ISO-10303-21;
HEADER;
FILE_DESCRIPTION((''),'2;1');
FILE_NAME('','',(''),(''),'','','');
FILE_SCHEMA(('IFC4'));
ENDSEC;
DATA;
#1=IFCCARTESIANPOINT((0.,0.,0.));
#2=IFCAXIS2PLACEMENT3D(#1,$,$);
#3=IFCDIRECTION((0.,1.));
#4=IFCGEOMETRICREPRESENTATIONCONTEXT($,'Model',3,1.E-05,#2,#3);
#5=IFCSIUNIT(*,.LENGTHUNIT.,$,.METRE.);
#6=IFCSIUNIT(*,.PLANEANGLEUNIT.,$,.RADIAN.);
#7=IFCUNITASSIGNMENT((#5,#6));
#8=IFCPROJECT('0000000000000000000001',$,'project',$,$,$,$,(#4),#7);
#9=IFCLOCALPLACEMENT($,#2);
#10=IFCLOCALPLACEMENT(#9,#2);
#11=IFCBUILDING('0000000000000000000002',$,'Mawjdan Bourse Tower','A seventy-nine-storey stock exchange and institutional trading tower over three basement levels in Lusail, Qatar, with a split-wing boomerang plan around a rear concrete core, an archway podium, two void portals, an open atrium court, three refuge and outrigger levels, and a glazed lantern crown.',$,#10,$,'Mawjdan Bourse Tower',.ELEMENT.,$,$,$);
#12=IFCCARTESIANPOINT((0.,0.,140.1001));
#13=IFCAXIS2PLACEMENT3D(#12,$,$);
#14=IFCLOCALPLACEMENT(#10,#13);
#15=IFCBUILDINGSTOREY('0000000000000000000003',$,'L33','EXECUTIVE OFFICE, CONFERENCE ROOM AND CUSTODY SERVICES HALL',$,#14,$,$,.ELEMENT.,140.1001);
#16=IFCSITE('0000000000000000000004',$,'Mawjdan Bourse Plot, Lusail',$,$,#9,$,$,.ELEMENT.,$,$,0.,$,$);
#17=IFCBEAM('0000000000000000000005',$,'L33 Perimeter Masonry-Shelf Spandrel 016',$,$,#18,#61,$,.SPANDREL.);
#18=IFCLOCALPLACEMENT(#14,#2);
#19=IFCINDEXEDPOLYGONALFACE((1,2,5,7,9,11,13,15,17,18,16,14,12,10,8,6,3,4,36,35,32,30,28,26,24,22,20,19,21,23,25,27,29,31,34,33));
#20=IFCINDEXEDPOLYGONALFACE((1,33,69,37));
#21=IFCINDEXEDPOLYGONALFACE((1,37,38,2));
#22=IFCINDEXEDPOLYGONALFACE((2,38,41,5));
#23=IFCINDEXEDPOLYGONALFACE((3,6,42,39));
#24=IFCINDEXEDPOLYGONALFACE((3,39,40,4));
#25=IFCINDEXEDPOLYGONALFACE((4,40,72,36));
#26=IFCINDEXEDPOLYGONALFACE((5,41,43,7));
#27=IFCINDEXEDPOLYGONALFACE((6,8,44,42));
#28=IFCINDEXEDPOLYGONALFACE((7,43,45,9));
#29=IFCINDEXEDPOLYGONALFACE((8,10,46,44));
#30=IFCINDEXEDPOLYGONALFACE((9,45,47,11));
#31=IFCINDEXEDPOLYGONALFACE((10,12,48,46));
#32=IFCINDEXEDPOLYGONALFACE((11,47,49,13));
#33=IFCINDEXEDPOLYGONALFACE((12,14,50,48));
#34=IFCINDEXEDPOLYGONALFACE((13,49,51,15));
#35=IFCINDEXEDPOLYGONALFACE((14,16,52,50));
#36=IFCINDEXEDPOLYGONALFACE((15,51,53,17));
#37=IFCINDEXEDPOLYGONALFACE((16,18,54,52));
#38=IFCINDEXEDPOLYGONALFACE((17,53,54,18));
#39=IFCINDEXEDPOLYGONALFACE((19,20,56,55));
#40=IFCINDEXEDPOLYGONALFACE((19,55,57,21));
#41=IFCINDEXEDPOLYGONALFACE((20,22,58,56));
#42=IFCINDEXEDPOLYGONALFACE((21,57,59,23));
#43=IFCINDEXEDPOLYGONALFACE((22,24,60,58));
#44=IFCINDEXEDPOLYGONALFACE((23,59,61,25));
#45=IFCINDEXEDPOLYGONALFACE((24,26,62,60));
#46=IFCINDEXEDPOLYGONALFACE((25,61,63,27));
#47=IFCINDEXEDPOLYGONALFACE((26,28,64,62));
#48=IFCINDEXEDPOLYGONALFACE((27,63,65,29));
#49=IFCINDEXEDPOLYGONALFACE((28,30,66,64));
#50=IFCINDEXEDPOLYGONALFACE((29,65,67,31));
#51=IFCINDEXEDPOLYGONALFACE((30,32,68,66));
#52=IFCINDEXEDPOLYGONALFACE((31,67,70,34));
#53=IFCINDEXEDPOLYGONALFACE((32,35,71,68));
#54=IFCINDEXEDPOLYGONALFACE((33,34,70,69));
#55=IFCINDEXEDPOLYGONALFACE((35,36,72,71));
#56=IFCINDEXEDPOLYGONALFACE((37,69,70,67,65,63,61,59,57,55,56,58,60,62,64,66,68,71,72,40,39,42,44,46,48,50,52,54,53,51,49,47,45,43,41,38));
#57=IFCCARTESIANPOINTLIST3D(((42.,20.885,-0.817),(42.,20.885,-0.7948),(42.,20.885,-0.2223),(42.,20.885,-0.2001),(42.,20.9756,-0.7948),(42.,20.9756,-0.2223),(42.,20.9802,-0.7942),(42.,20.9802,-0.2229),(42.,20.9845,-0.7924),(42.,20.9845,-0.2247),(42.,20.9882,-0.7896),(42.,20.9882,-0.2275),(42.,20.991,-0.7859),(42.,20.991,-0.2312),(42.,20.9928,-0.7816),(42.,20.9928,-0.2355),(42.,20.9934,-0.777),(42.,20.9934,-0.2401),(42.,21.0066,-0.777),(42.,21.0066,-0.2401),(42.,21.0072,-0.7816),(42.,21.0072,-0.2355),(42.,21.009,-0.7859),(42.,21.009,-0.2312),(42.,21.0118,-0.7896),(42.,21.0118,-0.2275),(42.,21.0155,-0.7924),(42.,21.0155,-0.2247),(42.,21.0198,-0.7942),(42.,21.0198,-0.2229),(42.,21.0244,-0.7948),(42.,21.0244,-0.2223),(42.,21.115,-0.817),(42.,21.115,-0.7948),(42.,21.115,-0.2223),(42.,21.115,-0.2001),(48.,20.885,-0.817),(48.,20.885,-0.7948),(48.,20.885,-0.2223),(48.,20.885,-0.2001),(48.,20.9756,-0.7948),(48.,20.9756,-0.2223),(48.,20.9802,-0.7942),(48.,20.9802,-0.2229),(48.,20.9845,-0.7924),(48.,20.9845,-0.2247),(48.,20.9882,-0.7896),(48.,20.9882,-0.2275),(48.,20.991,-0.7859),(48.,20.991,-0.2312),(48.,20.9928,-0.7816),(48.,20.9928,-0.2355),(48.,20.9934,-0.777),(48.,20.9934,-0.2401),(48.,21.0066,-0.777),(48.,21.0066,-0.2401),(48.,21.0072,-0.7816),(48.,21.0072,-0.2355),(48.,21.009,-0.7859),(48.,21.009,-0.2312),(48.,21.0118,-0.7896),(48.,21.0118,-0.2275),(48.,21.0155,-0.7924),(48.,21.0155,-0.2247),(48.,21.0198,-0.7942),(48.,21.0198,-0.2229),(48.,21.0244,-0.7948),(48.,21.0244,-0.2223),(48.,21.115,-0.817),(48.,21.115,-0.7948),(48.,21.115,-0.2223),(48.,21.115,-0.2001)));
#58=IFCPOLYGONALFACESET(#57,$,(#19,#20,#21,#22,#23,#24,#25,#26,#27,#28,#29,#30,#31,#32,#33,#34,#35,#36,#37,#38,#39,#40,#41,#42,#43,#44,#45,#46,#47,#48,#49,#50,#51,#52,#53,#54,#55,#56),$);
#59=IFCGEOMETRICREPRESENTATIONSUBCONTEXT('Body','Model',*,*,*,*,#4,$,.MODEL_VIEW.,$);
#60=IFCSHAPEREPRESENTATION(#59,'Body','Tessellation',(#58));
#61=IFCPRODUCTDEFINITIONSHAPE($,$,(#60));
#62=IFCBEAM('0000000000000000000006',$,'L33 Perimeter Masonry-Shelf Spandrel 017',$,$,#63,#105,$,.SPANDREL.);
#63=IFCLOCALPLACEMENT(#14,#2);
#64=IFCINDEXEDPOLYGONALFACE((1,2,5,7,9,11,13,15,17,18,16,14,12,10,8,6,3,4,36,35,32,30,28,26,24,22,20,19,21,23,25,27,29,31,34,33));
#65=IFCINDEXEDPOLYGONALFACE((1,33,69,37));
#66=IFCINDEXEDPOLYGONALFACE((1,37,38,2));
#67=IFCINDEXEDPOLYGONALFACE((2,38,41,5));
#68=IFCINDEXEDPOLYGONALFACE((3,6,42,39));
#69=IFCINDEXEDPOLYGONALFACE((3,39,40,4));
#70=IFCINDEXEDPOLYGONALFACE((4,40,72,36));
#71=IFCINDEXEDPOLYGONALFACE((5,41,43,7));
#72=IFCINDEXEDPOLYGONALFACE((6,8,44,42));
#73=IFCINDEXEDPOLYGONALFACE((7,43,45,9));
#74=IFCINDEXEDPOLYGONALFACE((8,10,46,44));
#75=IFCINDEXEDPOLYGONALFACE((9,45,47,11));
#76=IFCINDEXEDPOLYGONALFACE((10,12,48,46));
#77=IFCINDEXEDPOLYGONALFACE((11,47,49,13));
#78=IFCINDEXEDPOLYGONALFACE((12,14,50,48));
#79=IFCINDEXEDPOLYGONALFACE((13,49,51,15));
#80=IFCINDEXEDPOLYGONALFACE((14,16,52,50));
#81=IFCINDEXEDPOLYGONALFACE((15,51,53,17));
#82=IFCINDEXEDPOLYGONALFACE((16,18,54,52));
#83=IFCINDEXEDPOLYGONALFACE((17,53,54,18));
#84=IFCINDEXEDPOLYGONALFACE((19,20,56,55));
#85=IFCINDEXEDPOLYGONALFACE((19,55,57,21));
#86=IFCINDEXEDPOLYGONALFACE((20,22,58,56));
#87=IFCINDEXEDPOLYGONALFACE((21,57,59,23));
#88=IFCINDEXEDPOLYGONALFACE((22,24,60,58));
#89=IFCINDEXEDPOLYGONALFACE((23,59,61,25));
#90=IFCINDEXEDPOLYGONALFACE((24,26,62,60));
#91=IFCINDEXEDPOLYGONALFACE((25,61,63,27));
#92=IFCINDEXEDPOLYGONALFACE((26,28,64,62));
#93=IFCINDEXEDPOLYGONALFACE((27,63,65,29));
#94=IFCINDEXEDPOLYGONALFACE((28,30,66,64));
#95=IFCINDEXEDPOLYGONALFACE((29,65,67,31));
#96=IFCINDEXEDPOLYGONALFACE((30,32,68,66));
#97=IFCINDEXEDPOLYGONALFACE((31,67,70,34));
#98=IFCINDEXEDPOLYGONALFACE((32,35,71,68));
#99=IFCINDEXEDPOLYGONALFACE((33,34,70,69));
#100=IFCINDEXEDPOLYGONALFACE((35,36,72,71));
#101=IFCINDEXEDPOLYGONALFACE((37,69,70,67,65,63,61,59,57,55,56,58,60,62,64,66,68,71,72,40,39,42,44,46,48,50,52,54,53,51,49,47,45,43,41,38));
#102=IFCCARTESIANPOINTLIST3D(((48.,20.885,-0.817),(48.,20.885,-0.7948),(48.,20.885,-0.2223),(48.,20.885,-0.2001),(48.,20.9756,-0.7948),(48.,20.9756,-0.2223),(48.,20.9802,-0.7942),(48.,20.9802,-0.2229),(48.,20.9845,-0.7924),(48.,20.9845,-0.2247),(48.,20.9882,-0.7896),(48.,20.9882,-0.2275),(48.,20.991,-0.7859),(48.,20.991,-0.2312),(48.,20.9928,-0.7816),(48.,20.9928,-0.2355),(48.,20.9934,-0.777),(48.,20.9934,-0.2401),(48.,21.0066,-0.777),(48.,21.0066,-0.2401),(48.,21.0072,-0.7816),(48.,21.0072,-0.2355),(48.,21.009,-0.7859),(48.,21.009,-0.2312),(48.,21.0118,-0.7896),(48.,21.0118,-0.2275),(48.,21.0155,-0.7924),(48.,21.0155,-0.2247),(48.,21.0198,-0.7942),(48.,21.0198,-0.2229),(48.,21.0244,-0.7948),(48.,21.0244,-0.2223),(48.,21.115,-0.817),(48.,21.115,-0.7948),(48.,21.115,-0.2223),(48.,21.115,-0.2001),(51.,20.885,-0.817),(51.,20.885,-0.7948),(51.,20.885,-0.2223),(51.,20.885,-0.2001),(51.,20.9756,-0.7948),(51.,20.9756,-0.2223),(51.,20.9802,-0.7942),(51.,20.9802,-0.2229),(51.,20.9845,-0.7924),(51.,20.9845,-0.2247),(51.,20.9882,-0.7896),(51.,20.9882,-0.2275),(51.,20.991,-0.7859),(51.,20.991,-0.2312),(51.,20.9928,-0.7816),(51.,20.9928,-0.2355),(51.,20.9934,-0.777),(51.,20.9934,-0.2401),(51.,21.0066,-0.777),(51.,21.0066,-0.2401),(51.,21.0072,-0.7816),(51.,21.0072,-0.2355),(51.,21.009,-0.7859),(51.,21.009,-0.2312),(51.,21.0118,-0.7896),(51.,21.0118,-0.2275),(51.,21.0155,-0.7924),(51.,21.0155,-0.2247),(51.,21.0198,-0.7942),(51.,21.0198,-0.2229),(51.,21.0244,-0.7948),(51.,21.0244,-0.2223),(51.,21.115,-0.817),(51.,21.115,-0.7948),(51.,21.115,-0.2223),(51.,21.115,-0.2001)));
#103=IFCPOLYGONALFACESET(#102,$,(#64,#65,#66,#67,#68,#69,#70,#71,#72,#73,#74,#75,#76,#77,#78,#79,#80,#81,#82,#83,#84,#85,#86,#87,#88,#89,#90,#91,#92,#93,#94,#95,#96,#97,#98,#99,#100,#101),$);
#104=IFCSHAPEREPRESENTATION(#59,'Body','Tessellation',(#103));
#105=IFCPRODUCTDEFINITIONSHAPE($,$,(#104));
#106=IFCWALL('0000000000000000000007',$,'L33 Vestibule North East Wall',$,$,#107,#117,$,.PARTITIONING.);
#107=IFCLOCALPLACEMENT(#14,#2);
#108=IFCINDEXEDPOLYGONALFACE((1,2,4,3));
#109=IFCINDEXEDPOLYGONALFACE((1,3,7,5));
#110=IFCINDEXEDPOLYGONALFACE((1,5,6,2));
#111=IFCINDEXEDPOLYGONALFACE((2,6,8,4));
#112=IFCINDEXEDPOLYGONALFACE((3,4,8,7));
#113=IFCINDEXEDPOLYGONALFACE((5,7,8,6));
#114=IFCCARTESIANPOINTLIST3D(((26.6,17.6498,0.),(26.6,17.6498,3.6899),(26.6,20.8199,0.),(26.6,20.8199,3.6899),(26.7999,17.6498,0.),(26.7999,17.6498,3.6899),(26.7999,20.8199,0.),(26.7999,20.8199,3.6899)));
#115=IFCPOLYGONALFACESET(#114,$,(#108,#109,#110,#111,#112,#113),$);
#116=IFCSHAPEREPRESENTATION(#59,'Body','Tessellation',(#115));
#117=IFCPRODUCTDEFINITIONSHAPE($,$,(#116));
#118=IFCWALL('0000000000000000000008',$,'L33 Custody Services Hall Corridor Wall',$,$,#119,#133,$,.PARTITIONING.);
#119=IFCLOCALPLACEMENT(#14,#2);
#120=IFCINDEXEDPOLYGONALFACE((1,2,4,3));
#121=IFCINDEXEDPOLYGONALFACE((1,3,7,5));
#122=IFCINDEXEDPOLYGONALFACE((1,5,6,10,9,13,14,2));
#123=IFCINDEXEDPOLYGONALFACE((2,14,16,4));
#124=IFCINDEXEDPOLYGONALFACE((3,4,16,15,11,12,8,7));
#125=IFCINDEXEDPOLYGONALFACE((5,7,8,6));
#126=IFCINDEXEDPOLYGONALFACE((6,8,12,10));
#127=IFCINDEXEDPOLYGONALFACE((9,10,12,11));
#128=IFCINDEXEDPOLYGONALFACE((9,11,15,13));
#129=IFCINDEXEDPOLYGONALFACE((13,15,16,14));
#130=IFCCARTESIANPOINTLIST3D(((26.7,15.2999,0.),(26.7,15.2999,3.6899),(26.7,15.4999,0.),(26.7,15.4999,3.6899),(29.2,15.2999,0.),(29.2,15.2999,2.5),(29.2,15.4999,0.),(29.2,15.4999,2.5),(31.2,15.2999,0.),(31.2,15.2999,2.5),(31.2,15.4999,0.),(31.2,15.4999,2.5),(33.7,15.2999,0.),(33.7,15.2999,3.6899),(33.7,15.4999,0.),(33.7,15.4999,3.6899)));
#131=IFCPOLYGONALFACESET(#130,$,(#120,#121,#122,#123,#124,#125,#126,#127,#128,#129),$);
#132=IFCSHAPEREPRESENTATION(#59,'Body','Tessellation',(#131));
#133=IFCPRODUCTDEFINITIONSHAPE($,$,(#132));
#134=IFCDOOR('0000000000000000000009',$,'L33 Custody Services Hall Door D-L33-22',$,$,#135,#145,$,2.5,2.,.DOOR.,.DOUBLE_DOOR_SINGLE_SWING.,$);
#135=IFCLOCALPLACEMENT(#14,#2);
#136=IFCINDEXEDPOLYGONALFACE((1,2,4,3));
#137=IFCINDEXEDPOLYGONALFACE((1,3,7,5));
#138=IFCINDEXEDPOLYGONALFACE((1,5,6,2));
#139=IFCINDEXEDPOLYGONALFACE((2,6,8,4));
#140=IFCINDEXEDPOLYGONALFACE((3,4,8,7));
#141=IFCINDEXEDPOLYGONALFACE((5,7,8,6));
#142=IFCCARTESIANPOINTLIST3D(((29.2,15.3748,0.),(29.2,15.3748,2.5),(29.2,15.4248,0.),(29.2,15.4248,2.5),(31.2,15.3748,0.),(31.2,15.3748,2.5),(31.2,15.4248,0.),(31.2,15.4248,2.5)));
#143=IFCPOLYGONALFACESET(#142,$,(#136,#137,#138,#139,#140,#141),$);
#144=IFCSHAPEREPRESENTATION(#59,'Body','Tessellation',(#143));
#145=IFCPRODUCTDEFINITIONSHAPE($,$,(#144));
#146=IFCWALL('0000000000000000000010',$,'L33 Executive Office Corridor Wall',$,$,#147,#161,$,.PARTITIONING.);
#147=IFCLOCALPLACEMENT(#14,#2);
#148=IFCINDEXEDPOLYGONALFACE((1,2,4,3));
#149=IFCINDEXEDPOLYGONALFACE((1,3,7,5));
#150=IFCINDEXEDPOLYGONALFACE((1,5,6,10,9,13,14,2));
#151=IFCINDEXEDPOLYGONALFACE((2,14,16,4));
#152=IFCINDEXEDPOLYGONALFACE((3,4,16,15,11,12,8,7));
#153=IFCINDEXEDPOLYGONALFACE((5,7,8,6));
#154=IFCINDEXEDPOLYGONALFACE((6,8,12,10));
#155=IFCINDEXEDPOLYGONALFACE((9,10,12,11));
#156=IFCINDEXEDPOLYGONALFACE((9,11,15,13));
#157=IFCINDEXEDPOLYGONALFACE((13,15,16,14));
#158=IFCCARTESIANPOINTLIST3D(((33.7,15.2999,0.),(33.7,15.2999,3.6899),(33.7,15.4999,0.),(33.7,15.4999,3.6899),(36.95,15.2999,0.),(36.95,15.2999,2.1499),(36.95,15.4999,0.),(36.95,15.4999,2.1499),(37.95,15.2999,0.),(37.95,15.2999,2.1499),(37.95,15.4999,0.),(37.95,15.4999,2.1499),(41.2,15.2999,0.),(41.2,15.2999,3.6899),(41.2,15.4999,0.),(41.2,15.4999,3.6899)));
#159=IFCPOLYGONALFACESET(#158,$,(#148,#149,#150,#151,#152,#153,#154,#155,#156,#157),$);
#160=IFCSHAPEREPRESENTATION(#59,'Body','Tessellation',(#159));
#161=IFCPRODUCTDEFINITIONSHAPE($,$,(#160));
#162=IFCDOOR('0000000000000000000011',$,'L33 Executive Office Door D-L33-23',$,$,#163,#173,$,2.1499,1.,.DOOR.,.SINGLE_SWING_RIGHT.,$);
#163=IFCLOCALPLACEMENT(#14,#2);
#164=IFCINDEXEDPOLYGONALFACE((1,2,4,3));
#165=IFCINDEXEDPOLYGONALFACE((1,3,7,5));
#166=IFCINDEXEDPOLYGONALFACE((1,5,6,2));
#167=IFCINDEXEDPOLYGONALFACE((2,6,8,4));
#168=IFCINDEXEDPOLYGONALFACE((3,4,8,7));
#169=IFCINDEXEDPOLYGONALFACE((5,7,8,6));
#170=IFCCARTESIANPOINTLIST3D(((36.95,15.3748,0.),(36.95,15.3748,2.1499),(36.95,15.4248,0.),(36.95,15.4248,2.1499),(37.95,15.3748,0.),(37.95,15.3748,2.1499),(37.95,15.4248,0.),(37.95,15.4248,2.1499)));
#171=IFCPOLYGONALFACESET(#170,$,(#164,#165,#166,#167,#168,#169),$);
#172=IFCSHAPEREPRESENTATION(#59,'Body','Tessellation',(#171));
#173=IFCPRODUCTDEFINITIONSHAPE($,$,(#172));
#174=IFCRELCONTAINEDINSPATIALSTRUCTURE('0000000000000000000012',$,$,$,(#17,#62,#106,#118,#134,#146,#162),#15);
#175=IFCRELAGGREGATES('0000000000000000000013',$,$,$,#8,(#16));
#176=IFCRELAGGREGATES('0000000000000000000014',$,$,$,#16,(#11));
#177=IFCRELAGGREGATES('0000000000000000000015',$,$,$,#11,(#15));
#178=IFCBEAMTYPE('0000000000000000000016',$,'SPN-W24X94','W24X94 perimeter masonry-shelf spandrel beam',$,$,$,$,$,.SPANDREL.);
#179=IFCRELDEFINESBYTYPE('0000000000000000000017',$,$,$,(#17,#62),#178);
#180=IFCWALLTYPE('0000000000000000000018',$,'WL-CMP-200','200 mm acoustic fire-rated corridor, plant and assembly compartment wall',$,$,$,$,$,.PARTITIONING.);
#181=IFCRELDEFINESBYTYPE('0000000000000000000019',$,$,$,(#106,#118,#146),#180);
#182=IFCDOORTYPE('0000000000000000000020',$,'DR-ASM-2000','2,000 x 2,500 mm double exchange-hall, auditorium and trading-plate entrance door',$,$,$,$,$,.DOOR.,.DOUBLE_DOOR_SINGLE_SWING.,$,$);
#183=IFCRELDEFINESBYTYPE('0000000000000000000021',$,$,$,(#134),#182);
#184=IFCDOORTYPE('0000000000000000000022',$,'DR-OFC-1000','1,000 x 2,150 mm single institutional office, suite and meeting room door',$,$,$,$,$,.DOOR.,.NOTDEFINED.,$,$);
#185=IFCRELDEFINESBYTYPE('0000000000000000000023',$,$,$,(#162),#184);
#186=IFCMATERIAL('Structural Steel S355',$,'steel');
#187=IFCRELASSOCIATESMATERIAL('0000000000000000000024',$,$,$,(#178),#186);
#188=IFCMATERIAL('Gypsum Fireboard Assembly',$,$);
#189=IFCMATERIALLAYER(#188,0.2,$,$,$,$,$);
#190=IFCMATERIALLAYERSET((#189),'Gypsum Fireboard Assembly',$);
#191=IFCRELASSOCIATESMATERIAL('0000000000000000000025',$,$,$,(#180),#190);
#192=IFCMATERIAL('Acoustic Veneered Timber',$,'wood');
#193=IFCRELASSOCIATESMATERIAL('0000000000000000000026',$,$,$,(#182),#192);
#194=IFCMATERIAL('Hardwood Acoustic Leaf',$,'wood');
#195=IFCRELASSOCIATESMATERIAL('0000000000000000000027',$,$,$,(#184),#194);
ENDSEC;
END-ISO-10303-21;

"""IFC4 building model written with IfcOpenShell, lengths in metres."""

from ifc_helpers import new_model, si_unit, direction, frame, frame_2d, origin, origin_2d, place, context, subcontext, project, spatial, rectangle, i_section, extrude, material, layer, layer_set, material_profile, profile_set, type_object, element, fill, save


model = new_model("IFC4")

# Units and contexts
model_context = context("Model", 3, precision=1e-05, world=origin(), true_north=direction((0.0, 1.0)))
body_context = subcontext(model_context, "Body", "Model", "MODEL_VIEW")
ifc_project = project(units=[si_unit("LENGTHUNIT", "METRE"), si_unit("PLANEANGLEUNIT", "RADIAN")], contexts=[model_context])

# Site, building, storey
site_placement = place(None, origin())
site = spatial("IfcSite", under=ifc_project, at=site_placement, Name="Mawjdan Bourse Plot, Lusail", CompositionType="ELEMENT", RefElevation=0.0)
building_placement = place(site_placement, origin())
building = spatial("IfcBuilding", under=site, at=building_placement, Name="Mawjdan Bourse Tower", Description="A seventy-nine-storey stock exchange and institutional trading tower over three basement levels in Lusail, Qatar, with a split-wing boomerang plan around a rear concrete core, an archway podium, two void portals, an open atrium court, three refuge and outrigger levels, and a glazed lantern crown.", LongName="Mawjdan Bourse Tower", CompositionType="ELEMENT")
storey_placement = place(building_placement, frame((0.0, 0.0, 140.1001)))
storey = spatial("IfcBuildingStorey", under=building, at=storey_placement, Name="L33", Description="EXECUTIVE OFFICE, CONFERENCE ROOM AND CUSTODY SERVICES HALL", CompositionType="ELEMENT", Elevation=140.1001)

# Beams
ifc_material_1 = material(Name="Structural Steel S355", Category="steel")
ifc_material_profile_1 = material_profile(ifc_material_1, i_section(OverallWidth=0.23, OverallDepth=0.6169, WebThickness=0.0132, FlangeThickness=0.0222, FilletRadius=0.0178, at=origin_2d()), Name="W24X94")
ifc_profile_set_1 = profile_set([ifc_material_profile_1], Name="Structural Steel S355")
beam_type_1 = type_object("IfcBeamType", Name="SPN-W24X94", Description="W24X94 perimeter masonry-shelf spandrel beam", PredefinedType="SPANDREL", material=ifc_profile_set_1)
beam_1_placement = place(storey_placement, frame((42.0, 21.0, -0.5085), z_axis=(1.0, 0.0, 0.0), x_axis=(0.0, 1.0, 0.0)))
element("IfcBeam", 1, at=beam_1_placement, inside=storey, type_object=beam_type_1, Name="L33 Perimeter Masonry-Shelf Spandrel 016", PredefinedType="SPANDREL", context=body_context, shape_type="SweptSolid", body=[
    extrude(i_section(OverallWidth=0.23, OverallDepth=0.6169, WebThickness=0.0132, FlangeThickness=0.0222, FilletRadius=0.0178, at=origin_2d()), origin(), (0.0, 0.0, 1.0), 6.0),
])
beam_2_placement = place(storey_placement, frame((48.0, 21.0, -0.5085), z_axis=(1.0, 0.0, 0.0), x_axis=(0.0, 1.0, 0.0)))
element("IfcBeam", 2, at=beam_2_placement, inside=storey, type_object=beam_type_1, Name="L33 Perimeter Masonry-Shelf Spandrel 017", PredefinedType="SPANDREL", context=body_context, shape_type="SweptSolid", body=[
    extrude(i_section(OverallWidth=0.23, OverallDepth=0.6169, WebThickness=0.0132, FlangeThickness=0.0222, FilletRadius=0.0178, at=origin_2d()), origin(), (0.0, 0.0, 1.0), 3.0),
])

# Wall
ifc_material_2 = material(Name="Gypsum Fireboard Assembly")
ifc_layer_1 = layer(ifc_material_2, 0.2)
ifc_layer_set_1 = layer_set([ifc_layer_1], Name="Gypsum Fireboard Assembly")
wall_type_1 = type_object("IfcWallType", Name="WL-CMP-200", Description="200 mm acoustic fire-rated corridor, plant and assembly compartment wall", PredefinedType="PARTITIONING", material=ifc_layer_set_1)
wall_1_placement = place(storey_placement, frame((26.7, 17.6499, 0.0), z_axis=(0.0, 0.0, 1.0), x_axis=(0.0, 1.0, 0.0)))
element("IfcWall", 3, at=wall_1_placement, inside=storey, type_object=wall_type_1, Name="L33 Vestibule North East Wall", PredefinedType="PARTITIONING", context=body_context, shape_type="SweptSolid", body=[
    extrude(rectangle(XDim=3.1702, YDim=0.2, at=frame_2d((1.585, 0.0))), origin(), (0.0, 0.0, 1.0), 3.6899),
])

# Walls, openings, doors
wall_2_placement = place(storey_placement, frame((26.7, 15.3999, 0.0), z_axis=(0.0, 0.0, 1.0), x_axis=(1.0, 0.0, 0.0)))
wall_2 = element("IfcWall", 4, at=wall_2_placement, inside=storey, type_object=wall_type_1, Name="L33 Custody Services Hall Corridor Wall", PredefinedType="PARTITIONING", context=body_context, shape_type="SweptSolid", body=[
    extrude(rectangle(XDim=7.0, YDim=0.2, at=frame_2d((3.5, 0.0))), origin(), (0.0, 0.0, 1.0), 3.6899),
])
opening_1_placement = place(wall_2_placement, frame((2.5, 0.0, 0.0)))
opening_1 = element("IfcOpeningElement", 5, at=opening_1_placement, cuts=wall_2, PredefinedType="OPENING", context=body_context, shape_type="SweptSolid", body=[
    extrude(rectangle(XDim=2.0, YDim=2.5, at=frame_2d((1.0, 1.25))), frame((0.0, 0.1099, 0.0), z_axis=(0.0, -1.0, 0.0), x_axis=(1.0, 0.0, 0.0)), (0.0, 0.0, 1.0), 0.22),
])
ifc_material_3 = material(Name="Acoustic Veneered Timber", Category="wood")
door_type_1 = type_object("IfcDoorType", Name="DR-ASM-2000", Description="2,000 x 2,500 mm double exchange-hall, auditorium and trading-plate entrance door", OperationType="DOUBLE_DOOR_SINGLE_SWING", PredefinedType="DOOR", material=ifc_material_3)
door_1_placement = place(opening_1_placement, origin())
door_1 = element("IfcDoor", 6, at=door_1_placement, inside=storey, type_object=door_type_1, Name="L33 Custody Services Hall Door D-L33-22", OperationType="DOUBLE_DOOR_SINGLE_SWING", OverallHeight=2.5, OverallWidth=2.0, PredefinedType="DOOR", context=body_context, shape_type="SweptSolid", body=[
    extrude(rectangle(XDim=2.0, YDim=2.5, at=frame_2d((1.0, 1.25))), frame((0.0, 0.0249, 0.0), z_axis=(0.0, -1.0, 0.0), x_axis=(1.0, 0.0, 0.0)), (0.0, 0.0, 1.0), 0.05),
])
fill(opening_1, door_1)
wall_3_placement = place(storey_placement, frame((33.7, 15.3999, 0.0), z_axis=(0.0, 0.0, 1.0), x_axis=(1.0, 0.0, 0.0)))
wall_3 = element("IfcWall", 7, at=wall_3_placement, inside=storey, type_object=wall_type_1, Name="L33 Executive Office Corridor Wall", PredefinedType="PARTITIONING", context=body_context, shape_type="SweptSolid", body=[
    extrude(rectangle(XDim=7.5, YDim=0.2, at=frame_2d((3.75, 0.0))), origin(), (0.0, 0.0, 1.0), 3.6899),
])
opening_2_placement = place(wall_3_placement, frame((3.25, 0.0, 0.0)))
opening_2 = element("IfcOpeningElement", 8, at=opening_2_placement, cuts=wall_3, PredefinedType="OPENING", context=body_context, shape_type="SweptSolid", body=[
    extrude(rectangle(XDim=1.0, YDim=2.1499, at=frame_2d((0.5, 1.075))), frame((0.0, 0.1099, 0.0), z_axis=(0.0, -1.0, 0.0), x_axis=(1.0, 0.0, 0.0)), (0.0, 0.0, 1.0), 0.22),
])
ifc_material_4 = material(Name="Hardwood Acoustic Leaf", Category="wood")
door_type_2 = type_object("IfcDoorType", Name="DR-OFC-1000", Description="1,000 x 2,150 mm single institutional office, suite and meeting room door", OperationType="NOTDEFINED", PredefinedType="DOOR", material=ifc_material_4)
door_2_placement = place(opening_2_placement, origin())
door_2 = element("IfcDoor", 9, at=door_2_placement, inside=storey, type_object=door_type_2, Name="L33 Executive Office Door D-L33-23", OperationType="SINGLE_SWING_RIGHT", OverallHeight=2.1499, OverallWidth=1.0, PredefinedType="DOOR", context=body_context, shape_type="SweptSolid", body=[
    extrude(rectangle(XDim=1.0, YDim=2.1499, at=frame_2d((0.5, 1.075))), frame((0.0, 0.0249, 0.0), z_axis=(0.0, -1.0, 0.0), x_axis=(1.0, 0.0, 0.0)), (0.0, 0.0, 1.0), 0.05),
])
fill(opening_2, door_2)

save(model, "model.ifc")
